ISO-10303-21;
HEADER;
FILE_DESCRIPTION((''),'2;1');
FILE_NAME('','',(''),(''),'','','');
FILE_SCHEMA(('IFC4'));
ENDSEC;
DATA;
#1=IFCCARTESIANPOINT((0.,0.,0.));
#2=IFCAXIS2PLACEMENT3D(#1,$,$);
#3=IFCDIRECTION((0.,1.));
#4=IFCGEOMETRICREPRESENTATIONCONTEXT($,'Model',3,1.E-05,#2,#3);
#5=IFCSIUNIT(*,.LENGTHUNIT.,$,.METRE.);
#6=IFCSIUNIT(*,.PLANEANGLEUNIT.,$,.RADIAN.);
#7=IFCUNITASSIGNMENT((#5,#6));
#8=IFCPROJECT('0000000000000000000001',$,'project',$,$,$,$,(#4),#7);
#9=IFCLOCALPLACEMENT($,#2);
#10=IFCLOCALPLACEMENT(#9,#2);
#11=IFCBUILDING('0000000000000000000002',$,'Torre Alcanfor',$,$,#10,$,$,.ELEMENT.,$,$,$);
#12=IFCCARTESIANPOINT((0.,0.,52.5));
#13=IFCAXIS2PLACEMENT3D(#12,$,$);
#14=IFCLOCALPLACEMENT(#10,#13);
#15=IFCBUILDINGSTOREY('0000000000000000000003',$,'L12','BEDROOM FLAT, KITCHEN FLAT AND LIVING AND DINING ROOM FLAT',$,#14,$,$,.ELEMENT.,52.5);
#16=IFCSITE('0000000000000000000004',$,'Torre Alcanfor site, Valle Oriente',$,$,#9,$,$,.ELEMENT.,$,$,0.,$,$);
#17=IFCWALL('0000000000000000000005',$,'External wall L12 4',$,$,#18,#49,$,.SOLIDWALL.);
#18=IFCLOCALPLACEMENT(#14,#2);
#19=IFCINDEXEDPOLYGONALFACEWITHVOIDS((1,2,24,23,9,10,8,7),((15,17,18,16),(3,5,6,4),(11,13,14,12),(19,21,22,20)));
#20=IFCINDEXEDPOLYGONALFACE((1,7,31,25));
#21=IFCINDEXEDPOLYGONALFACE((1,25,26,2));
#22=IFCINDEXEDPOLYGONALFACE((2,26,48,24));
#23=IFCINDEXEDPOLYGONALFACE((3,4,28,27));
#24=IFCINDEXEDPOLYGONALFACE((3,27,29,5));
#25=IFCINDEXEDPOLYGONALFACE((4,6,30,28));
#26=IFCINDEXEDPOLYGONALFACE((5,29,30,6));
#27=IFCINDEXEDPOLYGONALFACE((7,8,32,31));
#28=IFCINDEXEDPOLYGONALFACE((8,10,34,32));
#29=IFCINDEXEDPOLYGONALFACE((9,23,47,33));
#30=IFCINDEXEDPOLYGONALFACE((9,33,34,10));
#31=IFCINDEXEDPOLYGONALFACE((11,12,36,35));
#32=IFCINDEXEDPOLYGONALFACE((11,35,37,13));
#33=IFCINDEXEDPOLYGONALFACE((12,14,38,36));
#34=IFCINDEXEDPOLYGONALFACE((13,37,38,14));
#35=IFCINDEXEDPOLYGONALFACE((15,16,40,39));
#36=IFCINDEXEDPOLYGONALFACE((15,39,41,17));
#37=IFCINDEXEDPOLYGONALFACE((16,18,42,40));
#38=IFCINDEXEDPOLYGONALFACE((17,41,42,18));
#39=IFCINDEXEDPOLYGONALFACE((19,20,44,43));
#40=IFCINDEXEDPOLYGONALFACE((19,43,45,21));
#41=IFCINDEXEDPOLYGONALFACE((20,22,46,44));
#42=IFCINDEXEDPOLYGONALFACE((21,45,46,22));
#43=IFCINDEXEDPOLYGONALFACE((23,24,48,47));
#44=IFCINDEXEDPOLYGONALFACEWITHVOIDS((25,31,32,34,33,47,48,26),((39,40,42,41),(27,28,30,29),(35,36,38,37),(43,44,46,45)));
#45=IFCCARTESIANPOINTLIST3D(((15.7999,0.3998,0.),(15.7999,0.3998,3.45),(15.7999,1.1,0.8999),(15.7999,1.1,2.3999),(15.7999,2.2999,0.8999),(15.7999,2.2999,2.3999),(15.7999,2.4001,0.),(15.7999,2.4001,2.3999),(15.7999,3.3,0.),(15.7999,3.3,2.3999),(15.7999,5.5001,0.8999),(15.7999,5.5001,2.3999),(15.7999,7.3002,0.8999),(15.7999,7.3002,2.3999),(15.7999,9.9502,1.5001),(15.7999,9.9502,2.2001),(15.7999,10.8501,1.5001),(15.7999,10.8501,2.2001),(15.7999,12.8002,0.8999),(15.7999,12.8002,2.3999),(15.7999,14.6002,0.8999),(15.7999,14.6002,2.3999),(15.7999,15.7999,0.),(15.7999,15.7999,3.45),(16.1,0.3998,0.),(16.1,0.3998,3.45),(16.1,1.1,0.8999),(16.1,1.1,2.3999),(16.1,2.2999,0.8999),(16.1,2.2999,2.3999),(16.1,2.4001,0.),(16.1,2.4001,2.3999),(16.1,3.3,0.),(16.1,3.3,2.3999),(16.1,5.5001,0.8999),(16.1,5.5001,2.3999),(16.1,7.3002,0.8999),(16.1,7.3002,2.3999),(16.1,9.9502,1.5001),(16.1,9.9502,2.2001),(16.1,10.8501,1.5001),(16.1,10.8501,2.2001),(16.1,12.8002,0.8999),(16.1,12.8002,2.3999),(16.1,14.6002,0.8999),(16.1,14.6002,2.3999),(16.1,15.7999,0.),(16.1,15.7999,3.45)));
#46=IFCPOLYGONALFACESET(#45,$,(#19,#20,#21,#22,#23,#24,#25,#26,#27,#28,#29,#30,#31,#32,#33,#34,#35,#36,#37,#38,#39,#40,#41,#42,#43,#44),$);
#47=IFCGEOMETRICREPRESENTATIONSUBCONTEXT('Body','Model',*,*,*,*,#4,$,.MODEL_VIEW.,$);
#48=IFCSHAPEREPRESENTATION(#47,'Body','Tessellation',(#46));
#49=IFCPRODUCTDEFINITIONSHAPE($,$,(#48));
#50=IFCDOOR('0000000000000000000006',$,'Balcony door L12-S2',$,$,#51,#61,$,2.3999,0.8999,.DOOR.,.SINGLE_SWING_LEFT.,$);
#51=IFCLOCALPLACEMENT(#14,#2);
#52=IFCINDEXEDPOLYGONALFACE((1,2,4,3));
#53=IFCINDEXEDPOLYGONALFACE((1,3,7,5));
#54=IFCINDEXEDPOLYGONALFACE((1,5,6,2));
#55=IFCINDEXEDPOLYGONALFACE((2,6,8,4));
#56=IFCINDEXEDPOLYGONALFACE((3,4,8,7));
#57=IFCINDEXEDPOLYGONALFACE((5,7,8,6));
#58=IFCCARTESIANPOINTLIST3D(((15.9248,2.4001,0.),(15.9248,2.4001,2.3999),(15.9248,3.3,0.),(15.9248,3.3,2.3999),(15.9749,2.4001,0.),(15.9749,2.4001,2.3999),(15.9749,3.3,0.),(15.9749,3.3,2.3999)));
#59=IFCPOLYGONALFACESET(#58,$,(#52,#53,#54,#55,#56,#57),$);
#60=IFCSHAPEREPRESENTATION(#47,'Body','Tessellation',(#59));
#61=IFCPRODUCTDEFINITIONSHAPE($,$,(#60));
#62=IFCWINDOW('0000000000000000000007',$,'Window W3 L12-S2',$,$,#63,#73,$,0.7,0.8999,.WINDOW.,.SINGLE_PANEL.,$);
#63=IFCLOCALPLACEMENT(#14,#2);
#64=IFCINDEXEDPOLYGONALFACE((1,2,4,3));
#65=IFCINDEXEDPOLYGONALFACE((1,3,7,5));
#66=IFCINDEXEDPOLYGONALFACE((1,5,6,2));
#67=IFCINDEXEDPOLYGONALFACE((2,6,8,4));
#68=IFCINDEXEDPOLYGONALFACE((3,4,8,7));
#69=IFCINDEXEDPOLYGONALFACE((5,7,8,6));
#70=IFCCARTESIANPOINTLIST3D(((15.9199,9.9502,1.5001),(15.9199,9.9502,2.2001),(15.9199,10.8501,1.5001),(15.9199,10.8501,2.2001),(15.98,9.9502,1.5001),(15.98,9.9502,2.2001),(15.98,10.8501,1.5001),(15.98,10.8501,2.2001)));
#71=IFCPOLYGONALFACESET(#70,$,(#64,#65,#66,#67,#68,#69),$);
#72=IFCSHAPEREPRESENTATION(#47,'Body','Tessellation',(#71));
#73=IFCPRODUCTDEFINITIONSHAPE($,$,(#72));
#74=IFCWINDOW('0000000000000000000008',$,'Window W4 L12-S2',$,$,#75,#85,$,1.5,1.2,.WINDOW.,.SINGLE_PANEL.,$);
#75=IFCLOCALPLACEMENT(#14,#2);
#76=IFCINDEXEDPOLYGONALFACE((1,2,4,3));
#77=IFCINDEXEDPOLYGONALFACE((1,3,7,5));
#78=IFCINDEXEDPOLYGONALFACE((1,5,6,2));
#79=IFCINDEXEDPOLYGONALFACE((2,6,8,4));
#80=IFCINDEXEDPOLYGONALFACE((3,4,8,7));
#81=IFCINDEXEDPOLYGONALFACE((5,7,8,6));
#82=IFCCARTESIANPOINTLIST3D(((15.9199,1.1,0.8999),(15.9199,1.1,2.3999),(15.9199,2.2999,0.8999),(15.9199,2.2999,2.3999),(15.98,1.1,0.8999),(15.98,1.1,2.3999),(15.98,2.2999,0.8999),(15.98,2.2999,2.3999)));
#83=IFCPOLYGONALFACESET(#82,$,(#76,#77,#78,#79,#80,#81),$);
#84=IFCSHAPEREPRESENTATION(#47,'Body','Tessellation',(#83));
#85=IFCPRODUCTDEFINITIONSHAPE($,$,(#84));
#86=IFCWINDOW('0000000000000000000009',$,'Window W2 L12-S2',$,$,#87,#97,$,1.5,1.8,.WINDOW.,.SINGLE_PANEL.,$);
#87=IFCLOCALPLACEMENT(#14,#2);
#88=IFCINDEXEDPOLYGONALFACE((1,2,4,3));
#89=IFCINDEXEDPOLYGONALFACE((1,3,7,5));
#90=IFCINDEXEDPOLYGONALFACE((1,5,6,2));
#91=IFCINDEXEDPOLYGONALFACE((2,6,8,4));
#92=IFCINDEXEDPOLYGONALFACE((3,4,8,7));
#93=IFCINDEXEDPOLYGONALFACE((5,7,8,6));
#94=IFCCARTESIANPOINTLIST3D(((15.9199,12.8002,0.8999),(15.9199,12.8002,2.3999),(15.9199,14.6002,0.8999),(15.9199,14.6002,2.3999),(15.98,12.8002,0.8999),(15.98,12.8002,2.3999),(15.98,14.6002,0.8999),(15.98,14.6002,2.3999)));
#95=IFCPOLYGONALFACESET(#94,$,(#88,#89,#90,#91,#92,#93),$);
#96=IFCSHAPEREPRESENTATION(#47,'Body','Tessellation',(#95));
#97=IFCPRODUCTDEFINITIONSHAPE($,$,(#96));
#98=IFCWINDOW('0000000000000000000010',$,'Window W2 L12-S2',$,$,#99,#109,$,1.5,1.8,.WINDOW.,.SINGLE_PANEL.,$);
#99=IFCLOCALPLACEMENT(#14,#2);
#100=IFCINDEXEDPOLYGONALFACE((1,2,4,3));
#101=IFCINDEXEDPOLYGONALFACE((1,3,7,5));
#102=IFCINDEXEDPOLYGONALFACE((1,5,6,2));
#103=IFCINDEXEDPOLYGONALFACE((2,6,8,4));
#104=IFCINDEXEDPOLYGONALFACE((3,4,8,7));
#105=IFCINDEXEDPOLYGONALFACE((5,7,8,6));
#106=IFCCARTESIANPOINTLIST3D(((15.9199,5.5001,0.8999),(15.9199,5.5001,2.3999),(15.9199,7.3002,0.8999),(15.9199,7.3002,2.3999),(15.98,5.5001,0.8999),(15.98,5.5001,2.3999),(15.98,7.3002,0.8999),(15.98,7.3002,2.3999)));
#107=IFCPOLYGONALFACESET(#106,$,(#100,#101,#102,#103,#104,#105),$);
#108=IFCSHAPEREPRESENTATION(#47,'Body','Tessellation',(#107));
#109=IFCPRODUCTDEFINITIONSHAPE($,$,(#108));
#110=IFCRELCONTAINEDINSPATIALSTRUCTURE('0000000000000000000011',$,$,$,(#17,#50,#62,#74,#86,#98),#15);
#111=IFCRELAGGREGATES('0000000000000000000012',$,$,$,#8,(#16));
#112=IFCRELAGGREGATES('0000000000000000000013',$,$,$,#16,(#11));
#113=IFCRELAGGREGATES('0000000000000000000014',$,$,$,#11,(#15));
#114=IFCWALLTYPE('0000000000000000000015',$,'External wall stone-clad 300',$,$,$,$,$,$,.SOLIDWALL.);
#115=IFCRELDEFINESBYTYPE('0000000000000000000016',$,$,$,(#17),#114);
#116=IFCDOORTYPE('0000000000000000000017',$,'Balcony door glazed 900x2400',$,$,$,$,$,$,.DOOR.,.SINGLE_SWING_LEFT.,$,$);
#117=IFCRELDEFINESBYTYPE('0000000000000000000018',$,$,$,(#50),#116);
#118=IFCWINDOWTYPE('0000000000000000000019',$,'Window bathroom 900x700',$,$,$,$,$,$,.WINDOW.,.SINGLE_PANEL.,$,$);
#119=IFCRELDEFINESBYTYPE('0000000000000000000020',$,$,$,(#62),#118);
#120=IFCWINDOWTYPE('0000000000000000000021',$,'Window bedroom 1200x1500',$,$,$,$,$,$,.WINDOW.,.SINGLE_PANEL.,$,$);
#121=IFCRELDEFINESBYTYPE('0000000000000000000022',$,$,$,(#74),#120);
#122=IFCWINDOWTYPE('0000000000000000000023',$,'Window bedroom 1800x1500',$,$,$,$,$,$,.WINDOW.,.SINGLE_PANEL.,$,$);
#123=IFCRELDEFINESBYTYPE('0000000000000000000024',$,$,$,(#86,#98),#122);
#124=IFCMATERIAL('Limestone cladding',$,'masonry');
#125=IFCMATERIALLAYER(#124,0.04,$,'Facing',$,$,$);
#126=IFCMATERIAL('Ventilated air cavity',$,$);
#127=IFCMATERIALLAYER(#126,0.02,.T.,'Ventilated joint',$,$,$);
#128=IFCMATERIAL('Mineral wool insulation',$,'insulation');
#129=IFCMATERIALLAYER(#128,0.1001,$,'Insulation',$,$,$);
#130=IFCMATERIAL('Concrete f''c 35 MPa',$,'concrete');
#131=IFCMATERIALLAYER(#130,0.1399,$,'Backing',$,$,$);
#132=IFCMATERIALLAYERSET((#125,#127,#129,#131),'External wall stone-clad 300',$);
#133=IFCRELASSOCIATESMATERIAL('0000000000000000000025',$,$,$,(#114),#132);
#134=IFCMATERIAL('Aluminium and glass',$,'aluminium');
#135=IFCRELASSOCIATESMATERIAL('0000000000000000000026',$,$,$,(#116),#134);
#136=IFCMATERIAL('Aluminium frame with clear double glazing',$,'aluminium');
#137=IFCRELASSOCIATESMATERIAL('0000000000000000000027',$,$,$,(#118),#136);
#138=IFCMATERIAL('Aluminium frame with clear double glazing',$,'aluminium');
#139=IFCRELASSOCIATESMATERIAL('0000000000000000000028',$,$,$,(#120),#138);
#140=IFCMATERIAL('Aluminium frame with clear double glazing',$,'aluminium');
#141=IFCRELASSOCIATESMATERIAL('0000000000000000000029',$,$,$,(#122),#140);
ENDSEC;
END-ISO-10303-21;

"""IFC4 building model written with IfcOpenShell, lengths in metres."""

from ifc_helpers import new_model, si_unit, direction, frame, frame_2d, origin, place, context, subcontext, project, spatial, rectangle, extrude, material, layer, layer_set, type_object, element, fill, save


model = new_model("IFC4")

# Units and contexts
model_context = context("Model", 3, precision=1e-05, world=origin(), true_north=direction((0.0, 1.0)))
body_context = subcontext(model_context, "Body", "Model", "MODEL_VIEW")
ifc_project = project(units=[si_unit("LENGTHUNIT", "METRE"), si_unit("PLANEANGLEUNIT", "RADIAN")], contexts=[model_context])

# Site, building, storey
site_placement = place(None, origin())
site = spatial("IfcSite", under=ifc_project, at=site_placement, Name="Torre Alcanfor site, Valle Oriente", CompositionType="ELEMENT", RefElevation=0.0)
building_placement = place(site_placement, origin())
building = spatial("IfcBuilding", under=site, at=building_placement, Name="Torre Alcanfor", CompositionType="ELEMENT")
storey_placement = place(building_placement, frame((0.0, 0.0, 52.5)))
storey = spatial("IfcBuildingStorey", under=building, at=storey_placement, Name="L12", Description="BEDROOM FLAT, KITCHEN FLAT AND LIVING AND DINING ROOM FLAT", CompositionType="ELEMENT", Elevation=52.5)

# Wall, openings, door, windows
ifc_material_1 = material(Name="Limestone cladding", Category="masonry")
ifc_layer_1 = layer(ifc_material_1, 0.04, Name="Facing")
ifc_material_2 = material(Name="Ventilated air cavity")
ifc_layer_2 = layer(ifc_material_2, 0.02, ventilated=True, Name="Ventilated joint")
ifc_material_3 = material(Name="Mineral wool insulation", Category="insulation")
ifc_layer_3 = layer(ifc_material_3, 0.1001, Name="Insulation")
ifc_material_4 = material(Name="Concrete f'c 35 MPa", Category="concrete")
ifc_layer_4 = layer(ifc_material_4, 0.1399, Name="Backing")
ifc_layer_set_1 = layer_set([ifc_layer_1, ifc_layer_2, ifc_layer_3, ifc_layer_4], Name="External wall stone-clad 300")
wall_type_1 = type_object("IfcWallType", Name="External wall stone-clad 300", PredefinedType="SOLIDWALL", material=ifc_layer_set_1)
ifc_material_5 = material(Name="Aluminium and glass", Category="aluminium")
door_type = type_object("IfcDoorType", Name="Balcony door glazed 900x2400", OperationType="SINGLE_SWING_LEFT", PredefinedType="DOOR", material=ifc_material_5)
ifc_material_6 = material(Name="Aluminium frame with clear double glazing", Category="aluminium")
window_type_1 = type_object("IfcWindowType", Name="Window bathroom 900x700", PartitioningType="SINGLE_PANEL", PredefinedType="WINDOW", material=ifc_material_6)
ifc_material_7 = material(Name="Aluminium frame with clear double glazing", Category="aluminium")
window_type_2 = type_object("IfcWindowType", Name="Window bedroom 1200x1500", PartitioningType="SINGLE_PANEL", PredefinedType="WINDOW", material=ifc_material_7)
ifc_material_8 = material(Name="Aluminium frame with clear double glazing", Category="aluminium")
window_type_3 = type_object("IfcWindowType", Name="Window bedroom 1800x1500", PartitioningType="SINGLE_PANEL", PredefinedType="WINDOW", material=ifc_material_8)
wall_1_placement = place(storey_placement, frame((15.95, 15.8, 0.0), z_axis=(0.0, 0.0, 1.0), x_axis=(0.0, -1.0, 0.0)))
wall_1 = element("IfcWall", 1, at=wall_1_placement, inside=storey, type_object=wall_type_1, Name="External wall L12 4", PredefinedType="SOLIDWALL", context=body_context, shape_type="SweptSolid", body=[
    extrude(rectangle(XDim=15.4001, YDim=0.3, at=frame_2d((7.7002, 0.0))), origin(), (0.0, 0.0, 1.0), 3.45),
])
opening_1_placement = place(wall_1_placement, frame((1.2, 0.0, 0.8999)))
opening_1 = element("IfcOpeningElement", 2, at=opening_1_placement, cuts=wall_1, PredefinedType="OPENING", context=body_context, shape_type="SweptSolid", body=[
    extrude(rectangle(XDim=1.8, YDim=1.5, at=frame_2d((0.8999, 0.75))), frame((0.0, 0.1599, 0.0), z_axis=(0.0, -1.0, 0.0), x_axis=(1.0, 0.0, 0.0)), (0.0, 0.0, 1.0), 0.3201),
])
opening_2_placement = place(wall_1_placement, frame((4.95, 0.0, 1.5)))
opening_2 = element("IfcOpeningElement", 3, at=opening_2_placement, cuts=wall_1, PredefinedType="OPENING", context=body_context, shape_type="SweptSolid", body=[
    extrude(rectangle(XDim=0.8999, YDim=0.7, at=frame_2d((0.45, 0.3501))), frame((0.0, 0.1599, 0.0), z_axis=(0.0, -1.0, 0.0), x_axis=(1.0, 0.0, 0.0)), (0.0, 0.0, 1.0), 0.3201),
])
opening_3_placement = place(wall_1_placement, frame((8.5, 0.0, 0.8999)))
opening_3 = element("IfcOpeningElement", 4, at=opening_3_placement, cuts=wall_1, PredefinedType="OPENING", context=body_context, shape_type="SweptSolid", body=[
    extrude(rectangle(XDim=1.8, YDim=1.5, at=frame_2d((0.8999, 0.75))), frame((0.0, 0.1599, 0.0), z_axis=(0.0, -1.0, 0.0), x_axis=(1.0, 0.0, 0.0)), (0.0, 0.0, 1.0), 0.3201),
])
opening_4_placement = place(wall_1_placement, frame((12.5, 0.0, 0.0)))
opening_4 = element("IfcOpeningElement", 5, at=opening_4_placement, cuts=wall_1, PredefinedType="OPENING", context=body_context, shape_type="SweptSolid", body=[
    extrude(rectangle(XDim=0.8999, YDim=2.3999, at=frame_2d((0.45, 1.2))), frame((0.0, 0.1599, 0.0), z_axis=(0.0, -1.0, 0.0), x_axis=(1.0, 0.0, 0.0)), (0.0, 0.0, 1.0), 0.3201),
])
opening_5_placement = place(wall_1_placement, frame((13.5, 0.0, 0.8999)))
opening_5 = element("IfcOpeningElement", 6, at=opening_5_placement, cuts=wall_1, PredefinedType="OPENING", context=body_context, shape_type="SweptSolid", body=[
    extrude(rectangle(XDim=1.2, YDim=1.5, at=frame_2d((0.6001, 0.75))), frame((0.0, 0.1599, 0.0), z_axis=(0.0, -1.0, 0.0), x_axis=(1.0, 0.0, 0.0)), (0.0, 0.0, 1.0), 0.3201),
])
door_1_placement = place(opening_4_placement, origin())
door_1 = element("IfcDoor", 7, at=door_1_placement, inside=storey, type_object=door_type, Name="Balcony door L12-S2", OperationType="SINGLE_SWING_LEFT", OverallHeight=2.3999, OverallWidth=0.8999, PredefinedType="DOOR", context=body_context, shape_type="SweptSolid", body=[
    extrude(rectangle(XDim=0.8999, YDim=2.3999, at=frame_2d((0.45, 1.2))), frame((0.0, 0.0249, 0.0), z_axis=(0.0, -1.0, 0.0), x_axis=(1.0, 0.0, 0.0)), (0.0, 0.0, 1.0), 0.05),
])
fill(opening_4, door_1)
window_1_placement = place(opening_2_placement, origin())
window_1 = element("IfcWindow", 8, at=window_1_placement, inside=storey, type_object=window_type_1, Name="Window W3 L12-S2", OverallHeight=0.7, OverallWidth=0.8999, PartitioningType="SINGLE_PANEL", PredefinedType="WINDOW", context=body_context, shape_type="SweptSolid", body=[
    extrude(rectangle(XDim=0.8999, YDim=0.7, at=frame_2d((0.45, 0.3501))), frame((0.0, 0.03, 0.0), z_axis=(0.0, -1.0, 0.0), x_axis=(1.0, 0.0, 0.0)), (0.0, 0.0, 1.0), 0.0601),
])
fill(opening_2, window_1)
window_2_placement = place(opening_5_placement, origin())
window_2 = element("IfcWindow", 9, at=window_2_placement, inside=storey, type_object=window_type_2, Name="Window W4 L12-S2", OverallHeight=1.5, OverallWidth=1.2, PartitioningType="SINGLE_PANEL", PredefinedType="WINDOW", context=body_context, shape_type="SweptSolid", body=[
    extrude(rectangle(XDim=1.2, YDim=1.5, at=frame_2d((0.6001, 0.75))), frame((0.0, 0.03, 0.0), z_axis=(0.0, -1.0, 0.0), x_axis=(1.0, 0.0, 0.0)), (0.0, 0.0, 1.0), 0.0601),
])
fill(opening_5, window_2)
window_3_placement = place(opening_1_placement, origin())
window_3 = element("IfcWindow", 10, at=window_3_placement, inside=storey, type_object=window_type_3, Name="Window W2 L12-S2", OverallHeight=1.5, OverallWidth=1.8, PartitioningType="SINGLE_PANEL", PredefinedType="WINDOW", context=body_context, shape_type="SweptSolid", body=[
    extrude(rectangle(XDim=1.8, YDim=1.5, at=frame_2d((0.8999, 0.75))), frame((0.0, 0.03, 0.0), z_axis=(0.0, -1.0, 0.0), x_axis=(1.0, 0.0, 0.0)), (0.0, 0.0, 1.0), 0.0601),
])
fill(opening_1, window_3)
window_4_placement = place(opening_3_placement, origin())
window_4 = element("IfcWindow", 11, at=window_4_placement, inside=storey, type_object=window_type_3, Name="Window W2 L12-S2", OverallHeight=1.5, OverallWidth=1.8, PartitioningType="SINGLE_PANEL", PredefinedType="WINDOW", context=body_context, shape_type="SweptSolid", body=[
    extrude(rectangle(XDim=1.8, YDim=1.5, at=frame_2d((0.8999, 0.75))), frame((0.0, 0.03, 0.0), z_axis=(0.0, -1.0, 0.0), x_axis=(1.0, 0.0, 0.0)), (0.0, 0.0, 1.0), 0.0601),
])
fill(opening_3, window_4)

save(model, "model.ifc")
